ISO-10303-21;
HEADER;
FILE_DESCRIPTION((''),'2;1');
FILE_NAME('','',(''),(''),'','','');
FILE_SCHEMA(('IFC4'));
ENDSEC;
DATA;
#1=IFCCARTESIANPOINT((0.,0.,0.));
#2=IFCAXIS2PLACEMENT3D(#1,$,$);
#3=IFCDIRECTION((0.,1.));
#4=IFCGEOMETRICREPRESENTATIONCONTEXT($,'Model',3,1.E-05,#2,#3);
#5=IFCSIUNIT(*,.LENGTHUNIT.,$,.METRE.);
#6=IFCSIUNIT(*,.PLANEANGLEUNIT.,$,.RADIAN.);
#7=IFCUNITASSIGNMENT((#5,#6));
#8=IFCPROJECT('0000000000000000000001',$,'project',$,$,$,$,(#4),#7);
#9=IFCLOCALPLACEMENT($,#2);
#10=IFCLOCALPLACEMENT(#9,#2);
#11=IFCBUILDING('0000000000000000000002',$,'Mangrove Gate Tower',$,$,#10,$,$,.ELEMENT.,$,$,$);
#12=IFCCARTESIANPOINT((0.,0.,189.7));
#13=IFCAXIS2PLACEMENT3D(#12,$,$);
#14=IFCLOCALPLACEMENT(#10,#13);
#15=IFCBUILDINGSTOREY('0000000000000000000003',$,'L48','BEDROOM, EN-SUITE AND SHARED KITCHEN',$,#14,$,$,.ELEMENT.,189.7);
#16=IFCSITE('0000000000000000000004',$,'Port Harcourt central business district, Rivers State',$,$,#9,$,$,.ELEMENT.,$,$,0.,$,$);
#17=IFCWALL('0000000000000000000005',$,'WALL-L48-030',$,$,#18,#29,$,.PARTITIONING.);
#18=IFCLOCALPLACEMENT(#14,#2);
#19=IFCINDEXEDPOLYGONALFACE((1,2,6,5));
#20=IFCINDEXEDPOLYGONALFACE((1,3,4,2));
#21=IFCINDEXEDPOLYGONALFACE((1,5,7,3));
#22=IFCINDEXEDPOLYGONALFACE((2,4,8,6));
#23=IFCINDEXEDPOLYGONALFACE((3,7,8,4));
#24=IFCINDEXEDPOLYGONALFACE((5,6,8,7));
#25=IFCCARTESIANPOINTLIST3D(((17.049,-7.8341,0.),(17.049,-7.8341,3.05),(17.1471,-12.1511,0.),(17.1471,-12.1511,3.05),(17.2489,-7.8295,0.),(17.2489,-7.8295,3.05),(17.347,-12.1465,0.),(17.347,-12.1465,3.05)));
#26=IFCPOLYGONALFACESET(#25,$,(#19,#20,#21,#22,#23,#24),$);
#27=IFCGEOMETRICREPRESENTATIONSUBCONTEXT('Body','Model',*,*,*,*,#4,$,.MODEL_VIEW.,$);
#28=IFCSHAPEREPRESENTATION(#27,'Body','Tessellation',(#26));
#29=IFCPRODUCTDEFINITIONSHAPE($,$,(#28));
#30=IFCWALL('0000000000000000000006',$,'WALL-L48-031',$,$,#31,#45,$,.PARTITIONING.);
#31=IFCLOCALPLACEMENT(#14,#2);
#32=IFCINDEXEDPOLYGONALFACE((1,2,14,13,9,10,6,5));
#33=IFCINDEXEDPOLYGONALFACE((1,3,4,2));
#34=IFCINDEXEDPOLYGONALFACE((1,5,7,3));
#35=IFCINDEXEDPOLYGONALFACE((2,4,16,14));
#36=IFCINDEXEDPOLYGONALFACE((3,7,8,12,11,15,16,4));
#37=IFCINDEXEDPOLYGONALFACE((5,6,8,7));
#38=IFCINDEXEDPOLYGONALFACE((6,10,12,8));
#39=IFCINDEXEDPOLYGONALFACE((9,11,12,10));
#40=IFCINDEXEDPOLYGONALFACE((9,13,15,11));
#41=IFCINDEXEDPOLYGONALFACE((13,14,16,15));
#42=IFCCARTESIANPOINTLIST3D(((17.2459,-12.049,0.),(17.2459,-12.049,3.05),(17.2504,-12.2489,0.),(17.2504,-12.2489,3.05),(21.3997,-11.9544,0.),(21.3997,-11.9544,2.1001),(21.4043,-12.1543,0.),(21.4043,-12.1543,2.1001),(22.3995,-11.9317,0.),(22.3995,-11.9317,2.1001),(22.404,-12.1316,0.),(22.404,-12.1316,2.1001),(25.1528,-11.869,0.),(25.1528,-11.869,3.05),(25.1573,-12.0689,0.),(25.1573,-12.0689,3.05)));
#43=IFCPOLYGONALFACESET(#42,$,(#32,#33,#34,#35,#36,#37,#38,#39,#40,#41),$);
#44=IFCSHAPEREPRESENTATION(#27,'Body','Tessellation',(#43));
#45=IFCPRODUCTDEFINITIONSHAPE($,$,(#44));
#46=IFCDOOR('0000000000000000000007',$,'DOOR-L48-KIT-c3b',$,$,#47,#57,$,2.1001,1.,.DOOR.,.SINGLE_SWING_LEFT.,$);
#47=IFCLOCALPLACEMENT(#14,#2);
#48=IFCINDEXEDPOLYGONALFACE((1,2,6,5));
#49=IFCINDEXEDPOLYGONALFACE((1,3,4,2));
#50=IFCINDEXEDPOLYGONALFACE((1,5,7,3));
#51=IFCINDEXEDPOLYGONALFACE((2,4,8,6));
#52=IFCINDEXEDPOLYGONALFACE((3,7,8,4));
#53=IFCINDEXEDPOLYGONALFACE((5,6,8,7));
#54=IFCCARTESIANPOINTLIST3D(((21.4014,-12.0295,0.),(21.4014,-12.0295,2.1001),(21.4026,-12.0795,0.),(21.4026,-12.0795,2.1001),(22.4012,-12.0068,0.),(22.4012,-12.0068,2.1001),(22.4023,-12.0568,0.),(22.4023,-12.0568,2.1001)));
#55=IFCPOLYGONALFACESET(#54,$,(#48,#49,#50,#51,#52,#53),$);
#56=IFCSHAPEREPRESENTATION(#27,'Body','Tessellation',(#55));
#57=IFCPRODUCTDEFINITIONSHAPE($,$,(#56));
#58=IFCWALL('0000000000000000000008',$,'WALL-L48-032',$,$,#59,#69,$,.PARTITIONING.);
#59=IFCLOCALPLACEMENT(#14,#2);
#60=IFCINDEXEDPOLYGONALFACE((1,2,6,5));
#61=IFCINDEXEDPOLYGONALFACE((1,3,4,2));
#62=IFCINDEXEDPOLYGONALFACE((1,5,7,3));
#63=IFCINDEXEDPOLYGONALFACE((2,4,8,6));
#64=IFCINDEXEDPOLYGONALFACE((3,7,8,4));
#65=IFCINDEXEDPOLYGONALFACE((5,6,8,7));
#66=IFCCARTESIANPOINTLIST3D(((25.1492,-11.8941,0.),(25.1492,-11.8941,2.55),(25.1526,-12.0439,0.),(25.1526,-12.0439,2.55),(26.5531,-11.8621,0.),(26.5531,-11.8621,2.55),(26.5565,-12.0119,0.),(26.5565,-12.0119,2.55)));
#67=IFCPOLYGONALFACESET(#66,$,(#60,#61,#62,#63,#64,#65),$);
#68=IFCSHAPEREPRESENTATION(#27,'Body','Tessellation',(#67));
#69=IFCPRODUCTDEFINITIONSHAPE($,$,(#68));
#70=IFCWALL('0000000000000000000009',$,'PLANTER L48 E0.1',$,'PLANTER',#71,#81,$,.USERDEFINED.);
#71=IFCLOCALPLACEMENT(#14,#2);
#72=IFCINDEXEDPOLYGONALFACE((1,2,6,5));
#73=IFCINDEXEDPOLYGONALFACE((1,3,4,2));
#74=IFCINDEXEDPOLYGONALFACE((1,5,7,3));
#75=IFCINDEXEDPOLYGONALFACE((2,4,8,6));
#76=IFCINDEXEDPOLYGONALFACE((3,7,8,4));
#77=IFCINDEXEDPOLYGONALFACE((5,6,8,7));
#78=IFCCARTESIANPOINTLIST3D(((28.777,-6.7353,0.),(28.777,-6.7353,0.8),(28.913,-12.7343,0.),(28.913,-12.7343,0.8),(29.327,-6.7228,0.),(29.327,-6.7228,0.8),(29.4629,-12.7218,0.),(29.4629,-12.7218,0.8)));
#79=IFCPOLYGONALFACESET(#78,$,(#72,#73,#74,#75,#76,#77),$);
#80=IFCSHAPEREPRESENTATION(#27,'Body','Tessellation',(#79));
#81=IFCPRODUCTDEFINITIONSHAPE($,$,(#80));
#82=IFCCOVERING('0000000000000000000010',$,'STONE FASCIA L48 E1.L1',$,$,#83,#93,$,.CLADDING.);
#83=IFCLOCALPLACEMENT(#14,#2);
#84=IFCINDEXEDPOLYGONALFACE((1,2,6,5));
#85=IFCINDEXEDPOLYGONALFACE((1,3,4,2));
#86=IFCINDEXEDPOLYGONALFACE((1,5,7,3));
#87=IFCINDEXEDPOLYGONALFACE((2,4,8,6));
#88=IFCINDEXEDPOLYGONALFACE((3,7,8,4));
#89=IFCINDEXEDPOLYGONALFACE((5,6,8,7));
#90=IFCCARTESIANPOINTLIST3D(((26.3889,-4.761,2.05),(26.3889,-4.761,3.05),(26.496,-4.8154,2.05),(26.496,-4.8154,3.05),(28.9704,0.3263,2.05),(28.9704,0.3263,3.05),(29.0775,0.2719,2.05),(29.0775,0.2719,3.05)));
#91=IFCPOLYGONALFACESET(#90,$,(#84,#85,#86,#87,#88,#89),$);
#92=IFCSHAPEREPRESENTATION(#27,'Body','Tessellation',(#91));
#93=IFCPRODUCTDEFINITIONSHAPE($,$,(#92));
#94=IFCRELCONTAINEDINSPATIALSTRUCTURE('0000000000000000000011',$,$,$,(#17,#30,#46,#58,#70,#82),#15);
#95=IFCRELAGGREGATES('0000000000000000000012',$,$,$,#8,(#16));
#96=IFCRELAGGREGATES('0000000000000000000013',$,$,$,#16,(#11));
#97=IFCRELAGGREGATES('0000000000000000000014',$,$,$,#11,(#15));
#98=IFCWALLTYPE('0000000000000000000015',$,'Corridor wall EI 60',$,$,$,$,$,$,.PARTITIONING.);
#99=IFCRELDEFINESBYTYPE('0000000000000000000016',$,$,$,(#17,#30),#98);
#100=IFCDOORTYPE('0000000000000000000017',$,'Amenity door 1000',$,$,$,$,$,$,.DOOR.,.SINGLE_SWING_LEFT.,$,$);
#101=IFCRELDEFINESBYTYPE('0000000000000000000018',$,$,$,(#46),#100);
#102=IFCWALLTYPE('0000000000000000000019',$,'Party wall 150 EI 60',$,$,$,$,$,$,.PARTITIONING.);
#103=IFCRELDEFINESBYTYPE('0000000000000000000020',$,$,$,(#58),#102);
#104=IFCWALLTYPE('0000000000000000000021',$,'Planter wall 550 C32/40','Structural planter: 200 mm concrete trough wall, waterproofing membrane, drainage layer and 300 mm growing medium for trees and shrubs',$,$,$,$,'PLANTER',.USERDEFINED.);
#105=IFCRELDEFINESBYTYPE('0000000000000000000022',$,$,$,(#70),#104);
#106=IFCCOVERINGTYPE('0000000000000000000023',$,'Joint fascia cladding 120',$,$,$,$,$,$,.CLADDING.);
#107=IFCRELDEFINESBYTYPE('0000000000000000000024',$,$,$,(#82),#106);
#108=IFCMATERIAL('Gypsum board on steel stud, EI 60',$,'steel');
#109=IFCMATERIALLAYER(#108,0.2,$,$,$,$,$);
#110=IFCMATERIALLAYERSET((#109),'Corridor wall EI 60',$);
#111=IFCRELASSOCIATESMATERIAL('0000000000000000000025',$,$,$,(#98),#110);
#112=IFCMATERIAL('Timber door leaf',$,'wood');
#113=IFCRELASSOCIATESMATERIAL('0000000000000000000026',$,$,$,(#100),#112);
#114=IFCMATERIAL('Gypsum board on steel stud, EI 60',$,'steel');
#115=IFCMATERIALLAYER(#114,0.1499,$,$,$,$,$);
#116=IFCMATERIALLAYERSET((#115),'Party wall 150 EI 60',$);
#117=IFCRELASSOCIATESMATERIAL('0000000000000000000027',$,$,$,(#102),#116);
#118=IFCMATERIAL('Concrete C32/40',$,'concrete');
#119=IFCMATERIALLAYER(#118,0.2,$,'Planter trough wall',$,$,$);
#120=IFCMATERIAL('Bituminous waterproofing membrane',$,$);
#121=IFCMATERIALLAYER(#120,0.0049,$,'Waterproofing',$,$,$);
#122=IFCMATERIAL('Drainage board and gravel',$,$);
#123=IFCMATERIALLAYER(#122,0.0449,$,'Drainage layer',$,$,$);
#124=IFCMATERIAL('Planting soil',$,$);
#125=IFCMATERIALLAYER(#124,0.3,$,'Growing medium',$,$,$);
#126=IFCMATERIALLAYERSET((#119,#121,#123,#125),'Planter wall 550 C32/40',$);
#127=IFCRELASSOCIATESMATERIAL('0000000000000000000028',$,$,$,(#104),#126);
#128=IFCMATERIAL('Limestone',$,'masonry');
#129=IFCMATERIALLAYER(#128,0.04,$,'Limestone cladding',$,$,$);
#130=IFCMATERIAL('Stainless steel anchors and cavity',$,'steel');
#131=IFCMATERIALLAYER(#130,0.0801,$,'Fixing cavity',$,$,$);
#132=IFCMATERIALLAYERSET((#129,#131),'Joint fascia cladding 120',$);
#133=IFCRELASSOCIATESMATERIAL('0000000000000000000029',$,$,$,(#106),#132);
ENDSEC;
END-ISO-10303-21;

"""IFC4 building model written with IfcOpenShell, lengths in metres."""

from ifc_helpers import new_model, si_unit, direction, frame, frame_2d, origin, place, context, subcontext, project, spatial, rectangle, extrude, material, layer, layer_set, type_object, element, fill, save


model = new_model("IFC4")

# Units and contexts
model_context = context("Model", 3, precision=1e-05, world=origin(), true_north=direction((0.0, 1.0)))
body_context = subcontext(model_context, "Body", "Model", "MODEL_VIEW")
ifc_project = project(units=[si_unit("LENGTHUNIT", "METRE"), si_unit("PLANEANGLEUNIT", "RADIAN")], contexts=[model_context])

# Site, building, storey
site_placement = place(None, origin())
site = spatial("IfcSite", under=ifc_project, at=site_placement, Name="Port Harcourt central business district, Rivers State", CompositionType="ELEMENT", RefElevation=0.0)
building_placement = place(site_placement, origin())
building = spatial("IfcBuilding", under=site, at=building_placement, Name="Mangrove Gate Tower", CompositionType="ELEMENT")
storey_placement = place(building_placement, frame((0.0, 0.0, 189.7)))
storey = spatial("IfcBuildingStorey", under=building, at=storey_placement, Name="L48", Description="BEDROOM, EN-SUITE AND SHARED KITCHEN", CompositionType="ELEMENT", Elevation=189.7)

# Wall
ifc_material_1 = material(Name="Gypsum board on steel stud, EI 60", Category="steel")
ifc_layer_1 = layer(ifc_material_1, 0.2)
ifc_layer_set_1 = layer_set([ifc_layer_1], Name="Corridor wall EI 60")
wall_type_1 = type_object("IfcWallType", Name="Corridor wall EI 60", PredefinedType="PARTITIONING", material=ifc_layer_set_1)
wall_1_placement = place(storey_placement, frame((17.2471, -12.1489, 0.0), z_axis=(0.0, 0.0, 1.0), x_axis=(-0.022729, 0.999742, 0.0)))
element("IfcWall", 1, at=wall_1_placement, inside=storey, type_object=wall_type_1, Name="WALL-L48-030", PredefinedType="PARTITIONING", context=body_context, shape_type="SweptSolid", body=[
    extrude(rectangle(XDim=4.3181, YDim=0.2, at=frame_2d((2.1592, 0.0))), origin(), (0.0, 0.0, 1.0), 3.05),
])

# Wall, opening, door
wall_2_placement = place(storey_placement, frame((17.248, -12.1489, 0.0), z_axis=(0.0, 0.0, 1.0), x_axis=(0.999741, 0.02275, 0.0)))
wall_2 = element("IfcWall", 2, at=wall_2_placement, inside=storey, type_object=wall_type_1, Name="WALL-L48-031", PredefinedType="PARTITIONING", context=body_context, shape_type="SweptSolid", body=[
    extrude(rectangle(XDim=7.9089, YDim=0.2, at=frame_2d((3.9546, 0.0))), origin(), (0.0, 0.0, 1.0), 3.05),
])
opening_1_placement = place(wall_2_placement, frame((4.155, 0.0, 0.0)))
opening_1 = element("IfcOpeningElement", 3, at=opening_1_placement, cuts=wall_2, PredefinedType="OPENING", context=body_context, shape_type="SweptSolid", body=[
    extrude(rectangle(XDim=1.0, YDim=2.1001, at=frame_2d((0.5, 1.05))), frame((0.0, 0.1099, 0.0), z_axis=(0.0, -1.0, 0.0), x_axis=(1.0, 0.0, 0.0)), (0.0, 0.0, 1.0), 0.22),
])
ifc_material_2 = material(Name="Timber door leaf", Category="wood")
door_type_1 = type_object("IfcDoorType", Name="Amenity door 1000", OperationType="SINGLE_SWING_LEFT", PredefinedType="DOOR", material=ifc_material_2)
door_1_placement = place(opening_1_placement, origin())
door_1 = element("IfcDoor", 4, at=door_1_placement, inside=storey, type_object=door_type_1, Name="DOOR-L48-KIT-c3b", OperationType="SINGLE_SWING_LEFT", OverallHeight=2.1001, OverallWidth=1.0, PredefinedType="DOOR", context=body_context, shape_type="SweptSolid", body=[
    extrude(rectangle(XDim=1.0, YDim=2.1001, at=frame_2d((0.5, 1.05))), frame((0.0, 0.0249, 0.0), z_axis=(0.0, -1.0, 0.0), x_axis=(1.0, 0.0, 0.0)), (0.0, 0.0, 1.0), 0.05),
])
fill(opening_1, door_1)

# Walls
ifc_material_3 = material(Name="Gypsum board on steel stud, EI 60", Category="steel")
ifc_layer_2 = layer(ifc_material_3, 0.1499)
ifc_layer_set_2 = layer_set([ifc_layer_2], Name="Party wall 150 EI 60")
wall_type_2 = type_object("IfcWallType", Name="Party wall 150 EI 60", PredefinedType="PARTITIONING", material=ifc_layer_set_2)
wall_3_placement = place(storey_placement, frame((25.1509, -11.969, 0.0), z_axis=(0.0, 0.0, 1.0), x_axis=(0.999741, 0.022773, 0.0)))
element("IfcWall", 5, at=wall_3_placement, inside=storey, type_object=wall_type_2, Name="WALL-L48-032", PredefinedType="PARTITIONING", context=body_context, shape_type="SweptSolid", body=[
    extrude(rectangle(XDim=1.4043, YDim=0.1499, at=frame_2d((0.7021, 0.0))), origin(), (0.0, 0.0, 1.0), 2.55),
])
ifc_material_4 = material(Name="Concrete C32/40", Category="concrete")
ifc_layer_3 = layer(ifc_material_4, 0.2, Name="Planter trough wall")
ifc_material_5 = material(Name="Bituminous waterproofing membrane")
ifc_layer_4 = layer(ifc_material_5, 0.0049, Name="Waterproofing")
ifc_material_6 = material(Name="Drainage board and gravel")
ifc_layer_5 = layer(ifc_material_6, 0.0449, Name="Drainage layer")
ifc_material_7 = material(Name="Planting soil")
ifc_layer_6 = layer(ifc_material_7, 0.3, Name="Growing medium")
ifc_layer_set_3 = layer_set([ifc_layer_3, ifc_layer_4, ifc_layer_5, ifc_layer_6], Name="Planter wall 550 C32/40")
wall_type_3 = type_object("IfcWallType", Name="Planter wall 550 C32/40", Description="Structural planter: 200 mm concrete trough wall, waterproofing membrane, drainage layer and 300 mm growing medium for trees and shrubs", ElementType="PLANTER", PredefinedType="USERDEFINED", material=ifc_layer_set_3)
wall_4_placement = place(storey_placement, frame((29.188, -12.728, 0.0), z_axis=(0.0, 0.0, 1.0), x_axis=(-0.022662, 0.999743, 0.0)))
element("IfcWall", 6, at=wall_4_placement, inside=storey, type_object=wall_type_3, Name="PLANTER L48 E0.1", ObjectType="PLANTER", PredefinedType="USERDEFINED", context=body_context, shape_type="SweptSolid", body=[
    extrude(rectangle(XDim=6.0005, YDim=0.55, at=frame_2d((3.0002, 0.0))), origin(), (0.0, 0.0, 1.0), 0.8),
])

# Covering
ifc_material_8 = material(Name="Limestone", Category="masonry")
ifc_layer_7 = layer(ifc_material_8, 0.04, Name="Limestone cladding")
ifc_material_9 = material(Name="Stainless steel anchors and cavity", Category="steel")
ifc_layer_8 = layer(ifc_material_9, 0.0801, Name="Fixing cavity")
ifc_layer_set_4 = layer_set([ifc_layer_7, ifc_layer_8], Name="Joint fascia cladding 120")
covering_type = type_object("IfcCoveringType", Name="Joint fascia cladding 120", PredefinedType="CLADDING", material=ifc_layer_set_4)
covering_placement = place(storey_placement, frame((26.4424, -4.7883, 2.05), z_axis=(0.0, 0.0, 1.0), x_axis=(0.452512, 0.891758, 0.0)))
element("IfcCovering", 7, at=covering_placement, inside=storey, type_object=covering_type, Name="STONE FASCIA L48 E1.L1", PredefinedType="CLADDING", context=body_context, shape_type="SweptSolid", body=[
    extrude(rectangle(XDim=5.7048, YDim=0.1201, at=frame_2d((2.8525, 0.0))), origin(), (0.0, 0.0, 1.0), 1.0),
])

save(model, "model.ifc")
